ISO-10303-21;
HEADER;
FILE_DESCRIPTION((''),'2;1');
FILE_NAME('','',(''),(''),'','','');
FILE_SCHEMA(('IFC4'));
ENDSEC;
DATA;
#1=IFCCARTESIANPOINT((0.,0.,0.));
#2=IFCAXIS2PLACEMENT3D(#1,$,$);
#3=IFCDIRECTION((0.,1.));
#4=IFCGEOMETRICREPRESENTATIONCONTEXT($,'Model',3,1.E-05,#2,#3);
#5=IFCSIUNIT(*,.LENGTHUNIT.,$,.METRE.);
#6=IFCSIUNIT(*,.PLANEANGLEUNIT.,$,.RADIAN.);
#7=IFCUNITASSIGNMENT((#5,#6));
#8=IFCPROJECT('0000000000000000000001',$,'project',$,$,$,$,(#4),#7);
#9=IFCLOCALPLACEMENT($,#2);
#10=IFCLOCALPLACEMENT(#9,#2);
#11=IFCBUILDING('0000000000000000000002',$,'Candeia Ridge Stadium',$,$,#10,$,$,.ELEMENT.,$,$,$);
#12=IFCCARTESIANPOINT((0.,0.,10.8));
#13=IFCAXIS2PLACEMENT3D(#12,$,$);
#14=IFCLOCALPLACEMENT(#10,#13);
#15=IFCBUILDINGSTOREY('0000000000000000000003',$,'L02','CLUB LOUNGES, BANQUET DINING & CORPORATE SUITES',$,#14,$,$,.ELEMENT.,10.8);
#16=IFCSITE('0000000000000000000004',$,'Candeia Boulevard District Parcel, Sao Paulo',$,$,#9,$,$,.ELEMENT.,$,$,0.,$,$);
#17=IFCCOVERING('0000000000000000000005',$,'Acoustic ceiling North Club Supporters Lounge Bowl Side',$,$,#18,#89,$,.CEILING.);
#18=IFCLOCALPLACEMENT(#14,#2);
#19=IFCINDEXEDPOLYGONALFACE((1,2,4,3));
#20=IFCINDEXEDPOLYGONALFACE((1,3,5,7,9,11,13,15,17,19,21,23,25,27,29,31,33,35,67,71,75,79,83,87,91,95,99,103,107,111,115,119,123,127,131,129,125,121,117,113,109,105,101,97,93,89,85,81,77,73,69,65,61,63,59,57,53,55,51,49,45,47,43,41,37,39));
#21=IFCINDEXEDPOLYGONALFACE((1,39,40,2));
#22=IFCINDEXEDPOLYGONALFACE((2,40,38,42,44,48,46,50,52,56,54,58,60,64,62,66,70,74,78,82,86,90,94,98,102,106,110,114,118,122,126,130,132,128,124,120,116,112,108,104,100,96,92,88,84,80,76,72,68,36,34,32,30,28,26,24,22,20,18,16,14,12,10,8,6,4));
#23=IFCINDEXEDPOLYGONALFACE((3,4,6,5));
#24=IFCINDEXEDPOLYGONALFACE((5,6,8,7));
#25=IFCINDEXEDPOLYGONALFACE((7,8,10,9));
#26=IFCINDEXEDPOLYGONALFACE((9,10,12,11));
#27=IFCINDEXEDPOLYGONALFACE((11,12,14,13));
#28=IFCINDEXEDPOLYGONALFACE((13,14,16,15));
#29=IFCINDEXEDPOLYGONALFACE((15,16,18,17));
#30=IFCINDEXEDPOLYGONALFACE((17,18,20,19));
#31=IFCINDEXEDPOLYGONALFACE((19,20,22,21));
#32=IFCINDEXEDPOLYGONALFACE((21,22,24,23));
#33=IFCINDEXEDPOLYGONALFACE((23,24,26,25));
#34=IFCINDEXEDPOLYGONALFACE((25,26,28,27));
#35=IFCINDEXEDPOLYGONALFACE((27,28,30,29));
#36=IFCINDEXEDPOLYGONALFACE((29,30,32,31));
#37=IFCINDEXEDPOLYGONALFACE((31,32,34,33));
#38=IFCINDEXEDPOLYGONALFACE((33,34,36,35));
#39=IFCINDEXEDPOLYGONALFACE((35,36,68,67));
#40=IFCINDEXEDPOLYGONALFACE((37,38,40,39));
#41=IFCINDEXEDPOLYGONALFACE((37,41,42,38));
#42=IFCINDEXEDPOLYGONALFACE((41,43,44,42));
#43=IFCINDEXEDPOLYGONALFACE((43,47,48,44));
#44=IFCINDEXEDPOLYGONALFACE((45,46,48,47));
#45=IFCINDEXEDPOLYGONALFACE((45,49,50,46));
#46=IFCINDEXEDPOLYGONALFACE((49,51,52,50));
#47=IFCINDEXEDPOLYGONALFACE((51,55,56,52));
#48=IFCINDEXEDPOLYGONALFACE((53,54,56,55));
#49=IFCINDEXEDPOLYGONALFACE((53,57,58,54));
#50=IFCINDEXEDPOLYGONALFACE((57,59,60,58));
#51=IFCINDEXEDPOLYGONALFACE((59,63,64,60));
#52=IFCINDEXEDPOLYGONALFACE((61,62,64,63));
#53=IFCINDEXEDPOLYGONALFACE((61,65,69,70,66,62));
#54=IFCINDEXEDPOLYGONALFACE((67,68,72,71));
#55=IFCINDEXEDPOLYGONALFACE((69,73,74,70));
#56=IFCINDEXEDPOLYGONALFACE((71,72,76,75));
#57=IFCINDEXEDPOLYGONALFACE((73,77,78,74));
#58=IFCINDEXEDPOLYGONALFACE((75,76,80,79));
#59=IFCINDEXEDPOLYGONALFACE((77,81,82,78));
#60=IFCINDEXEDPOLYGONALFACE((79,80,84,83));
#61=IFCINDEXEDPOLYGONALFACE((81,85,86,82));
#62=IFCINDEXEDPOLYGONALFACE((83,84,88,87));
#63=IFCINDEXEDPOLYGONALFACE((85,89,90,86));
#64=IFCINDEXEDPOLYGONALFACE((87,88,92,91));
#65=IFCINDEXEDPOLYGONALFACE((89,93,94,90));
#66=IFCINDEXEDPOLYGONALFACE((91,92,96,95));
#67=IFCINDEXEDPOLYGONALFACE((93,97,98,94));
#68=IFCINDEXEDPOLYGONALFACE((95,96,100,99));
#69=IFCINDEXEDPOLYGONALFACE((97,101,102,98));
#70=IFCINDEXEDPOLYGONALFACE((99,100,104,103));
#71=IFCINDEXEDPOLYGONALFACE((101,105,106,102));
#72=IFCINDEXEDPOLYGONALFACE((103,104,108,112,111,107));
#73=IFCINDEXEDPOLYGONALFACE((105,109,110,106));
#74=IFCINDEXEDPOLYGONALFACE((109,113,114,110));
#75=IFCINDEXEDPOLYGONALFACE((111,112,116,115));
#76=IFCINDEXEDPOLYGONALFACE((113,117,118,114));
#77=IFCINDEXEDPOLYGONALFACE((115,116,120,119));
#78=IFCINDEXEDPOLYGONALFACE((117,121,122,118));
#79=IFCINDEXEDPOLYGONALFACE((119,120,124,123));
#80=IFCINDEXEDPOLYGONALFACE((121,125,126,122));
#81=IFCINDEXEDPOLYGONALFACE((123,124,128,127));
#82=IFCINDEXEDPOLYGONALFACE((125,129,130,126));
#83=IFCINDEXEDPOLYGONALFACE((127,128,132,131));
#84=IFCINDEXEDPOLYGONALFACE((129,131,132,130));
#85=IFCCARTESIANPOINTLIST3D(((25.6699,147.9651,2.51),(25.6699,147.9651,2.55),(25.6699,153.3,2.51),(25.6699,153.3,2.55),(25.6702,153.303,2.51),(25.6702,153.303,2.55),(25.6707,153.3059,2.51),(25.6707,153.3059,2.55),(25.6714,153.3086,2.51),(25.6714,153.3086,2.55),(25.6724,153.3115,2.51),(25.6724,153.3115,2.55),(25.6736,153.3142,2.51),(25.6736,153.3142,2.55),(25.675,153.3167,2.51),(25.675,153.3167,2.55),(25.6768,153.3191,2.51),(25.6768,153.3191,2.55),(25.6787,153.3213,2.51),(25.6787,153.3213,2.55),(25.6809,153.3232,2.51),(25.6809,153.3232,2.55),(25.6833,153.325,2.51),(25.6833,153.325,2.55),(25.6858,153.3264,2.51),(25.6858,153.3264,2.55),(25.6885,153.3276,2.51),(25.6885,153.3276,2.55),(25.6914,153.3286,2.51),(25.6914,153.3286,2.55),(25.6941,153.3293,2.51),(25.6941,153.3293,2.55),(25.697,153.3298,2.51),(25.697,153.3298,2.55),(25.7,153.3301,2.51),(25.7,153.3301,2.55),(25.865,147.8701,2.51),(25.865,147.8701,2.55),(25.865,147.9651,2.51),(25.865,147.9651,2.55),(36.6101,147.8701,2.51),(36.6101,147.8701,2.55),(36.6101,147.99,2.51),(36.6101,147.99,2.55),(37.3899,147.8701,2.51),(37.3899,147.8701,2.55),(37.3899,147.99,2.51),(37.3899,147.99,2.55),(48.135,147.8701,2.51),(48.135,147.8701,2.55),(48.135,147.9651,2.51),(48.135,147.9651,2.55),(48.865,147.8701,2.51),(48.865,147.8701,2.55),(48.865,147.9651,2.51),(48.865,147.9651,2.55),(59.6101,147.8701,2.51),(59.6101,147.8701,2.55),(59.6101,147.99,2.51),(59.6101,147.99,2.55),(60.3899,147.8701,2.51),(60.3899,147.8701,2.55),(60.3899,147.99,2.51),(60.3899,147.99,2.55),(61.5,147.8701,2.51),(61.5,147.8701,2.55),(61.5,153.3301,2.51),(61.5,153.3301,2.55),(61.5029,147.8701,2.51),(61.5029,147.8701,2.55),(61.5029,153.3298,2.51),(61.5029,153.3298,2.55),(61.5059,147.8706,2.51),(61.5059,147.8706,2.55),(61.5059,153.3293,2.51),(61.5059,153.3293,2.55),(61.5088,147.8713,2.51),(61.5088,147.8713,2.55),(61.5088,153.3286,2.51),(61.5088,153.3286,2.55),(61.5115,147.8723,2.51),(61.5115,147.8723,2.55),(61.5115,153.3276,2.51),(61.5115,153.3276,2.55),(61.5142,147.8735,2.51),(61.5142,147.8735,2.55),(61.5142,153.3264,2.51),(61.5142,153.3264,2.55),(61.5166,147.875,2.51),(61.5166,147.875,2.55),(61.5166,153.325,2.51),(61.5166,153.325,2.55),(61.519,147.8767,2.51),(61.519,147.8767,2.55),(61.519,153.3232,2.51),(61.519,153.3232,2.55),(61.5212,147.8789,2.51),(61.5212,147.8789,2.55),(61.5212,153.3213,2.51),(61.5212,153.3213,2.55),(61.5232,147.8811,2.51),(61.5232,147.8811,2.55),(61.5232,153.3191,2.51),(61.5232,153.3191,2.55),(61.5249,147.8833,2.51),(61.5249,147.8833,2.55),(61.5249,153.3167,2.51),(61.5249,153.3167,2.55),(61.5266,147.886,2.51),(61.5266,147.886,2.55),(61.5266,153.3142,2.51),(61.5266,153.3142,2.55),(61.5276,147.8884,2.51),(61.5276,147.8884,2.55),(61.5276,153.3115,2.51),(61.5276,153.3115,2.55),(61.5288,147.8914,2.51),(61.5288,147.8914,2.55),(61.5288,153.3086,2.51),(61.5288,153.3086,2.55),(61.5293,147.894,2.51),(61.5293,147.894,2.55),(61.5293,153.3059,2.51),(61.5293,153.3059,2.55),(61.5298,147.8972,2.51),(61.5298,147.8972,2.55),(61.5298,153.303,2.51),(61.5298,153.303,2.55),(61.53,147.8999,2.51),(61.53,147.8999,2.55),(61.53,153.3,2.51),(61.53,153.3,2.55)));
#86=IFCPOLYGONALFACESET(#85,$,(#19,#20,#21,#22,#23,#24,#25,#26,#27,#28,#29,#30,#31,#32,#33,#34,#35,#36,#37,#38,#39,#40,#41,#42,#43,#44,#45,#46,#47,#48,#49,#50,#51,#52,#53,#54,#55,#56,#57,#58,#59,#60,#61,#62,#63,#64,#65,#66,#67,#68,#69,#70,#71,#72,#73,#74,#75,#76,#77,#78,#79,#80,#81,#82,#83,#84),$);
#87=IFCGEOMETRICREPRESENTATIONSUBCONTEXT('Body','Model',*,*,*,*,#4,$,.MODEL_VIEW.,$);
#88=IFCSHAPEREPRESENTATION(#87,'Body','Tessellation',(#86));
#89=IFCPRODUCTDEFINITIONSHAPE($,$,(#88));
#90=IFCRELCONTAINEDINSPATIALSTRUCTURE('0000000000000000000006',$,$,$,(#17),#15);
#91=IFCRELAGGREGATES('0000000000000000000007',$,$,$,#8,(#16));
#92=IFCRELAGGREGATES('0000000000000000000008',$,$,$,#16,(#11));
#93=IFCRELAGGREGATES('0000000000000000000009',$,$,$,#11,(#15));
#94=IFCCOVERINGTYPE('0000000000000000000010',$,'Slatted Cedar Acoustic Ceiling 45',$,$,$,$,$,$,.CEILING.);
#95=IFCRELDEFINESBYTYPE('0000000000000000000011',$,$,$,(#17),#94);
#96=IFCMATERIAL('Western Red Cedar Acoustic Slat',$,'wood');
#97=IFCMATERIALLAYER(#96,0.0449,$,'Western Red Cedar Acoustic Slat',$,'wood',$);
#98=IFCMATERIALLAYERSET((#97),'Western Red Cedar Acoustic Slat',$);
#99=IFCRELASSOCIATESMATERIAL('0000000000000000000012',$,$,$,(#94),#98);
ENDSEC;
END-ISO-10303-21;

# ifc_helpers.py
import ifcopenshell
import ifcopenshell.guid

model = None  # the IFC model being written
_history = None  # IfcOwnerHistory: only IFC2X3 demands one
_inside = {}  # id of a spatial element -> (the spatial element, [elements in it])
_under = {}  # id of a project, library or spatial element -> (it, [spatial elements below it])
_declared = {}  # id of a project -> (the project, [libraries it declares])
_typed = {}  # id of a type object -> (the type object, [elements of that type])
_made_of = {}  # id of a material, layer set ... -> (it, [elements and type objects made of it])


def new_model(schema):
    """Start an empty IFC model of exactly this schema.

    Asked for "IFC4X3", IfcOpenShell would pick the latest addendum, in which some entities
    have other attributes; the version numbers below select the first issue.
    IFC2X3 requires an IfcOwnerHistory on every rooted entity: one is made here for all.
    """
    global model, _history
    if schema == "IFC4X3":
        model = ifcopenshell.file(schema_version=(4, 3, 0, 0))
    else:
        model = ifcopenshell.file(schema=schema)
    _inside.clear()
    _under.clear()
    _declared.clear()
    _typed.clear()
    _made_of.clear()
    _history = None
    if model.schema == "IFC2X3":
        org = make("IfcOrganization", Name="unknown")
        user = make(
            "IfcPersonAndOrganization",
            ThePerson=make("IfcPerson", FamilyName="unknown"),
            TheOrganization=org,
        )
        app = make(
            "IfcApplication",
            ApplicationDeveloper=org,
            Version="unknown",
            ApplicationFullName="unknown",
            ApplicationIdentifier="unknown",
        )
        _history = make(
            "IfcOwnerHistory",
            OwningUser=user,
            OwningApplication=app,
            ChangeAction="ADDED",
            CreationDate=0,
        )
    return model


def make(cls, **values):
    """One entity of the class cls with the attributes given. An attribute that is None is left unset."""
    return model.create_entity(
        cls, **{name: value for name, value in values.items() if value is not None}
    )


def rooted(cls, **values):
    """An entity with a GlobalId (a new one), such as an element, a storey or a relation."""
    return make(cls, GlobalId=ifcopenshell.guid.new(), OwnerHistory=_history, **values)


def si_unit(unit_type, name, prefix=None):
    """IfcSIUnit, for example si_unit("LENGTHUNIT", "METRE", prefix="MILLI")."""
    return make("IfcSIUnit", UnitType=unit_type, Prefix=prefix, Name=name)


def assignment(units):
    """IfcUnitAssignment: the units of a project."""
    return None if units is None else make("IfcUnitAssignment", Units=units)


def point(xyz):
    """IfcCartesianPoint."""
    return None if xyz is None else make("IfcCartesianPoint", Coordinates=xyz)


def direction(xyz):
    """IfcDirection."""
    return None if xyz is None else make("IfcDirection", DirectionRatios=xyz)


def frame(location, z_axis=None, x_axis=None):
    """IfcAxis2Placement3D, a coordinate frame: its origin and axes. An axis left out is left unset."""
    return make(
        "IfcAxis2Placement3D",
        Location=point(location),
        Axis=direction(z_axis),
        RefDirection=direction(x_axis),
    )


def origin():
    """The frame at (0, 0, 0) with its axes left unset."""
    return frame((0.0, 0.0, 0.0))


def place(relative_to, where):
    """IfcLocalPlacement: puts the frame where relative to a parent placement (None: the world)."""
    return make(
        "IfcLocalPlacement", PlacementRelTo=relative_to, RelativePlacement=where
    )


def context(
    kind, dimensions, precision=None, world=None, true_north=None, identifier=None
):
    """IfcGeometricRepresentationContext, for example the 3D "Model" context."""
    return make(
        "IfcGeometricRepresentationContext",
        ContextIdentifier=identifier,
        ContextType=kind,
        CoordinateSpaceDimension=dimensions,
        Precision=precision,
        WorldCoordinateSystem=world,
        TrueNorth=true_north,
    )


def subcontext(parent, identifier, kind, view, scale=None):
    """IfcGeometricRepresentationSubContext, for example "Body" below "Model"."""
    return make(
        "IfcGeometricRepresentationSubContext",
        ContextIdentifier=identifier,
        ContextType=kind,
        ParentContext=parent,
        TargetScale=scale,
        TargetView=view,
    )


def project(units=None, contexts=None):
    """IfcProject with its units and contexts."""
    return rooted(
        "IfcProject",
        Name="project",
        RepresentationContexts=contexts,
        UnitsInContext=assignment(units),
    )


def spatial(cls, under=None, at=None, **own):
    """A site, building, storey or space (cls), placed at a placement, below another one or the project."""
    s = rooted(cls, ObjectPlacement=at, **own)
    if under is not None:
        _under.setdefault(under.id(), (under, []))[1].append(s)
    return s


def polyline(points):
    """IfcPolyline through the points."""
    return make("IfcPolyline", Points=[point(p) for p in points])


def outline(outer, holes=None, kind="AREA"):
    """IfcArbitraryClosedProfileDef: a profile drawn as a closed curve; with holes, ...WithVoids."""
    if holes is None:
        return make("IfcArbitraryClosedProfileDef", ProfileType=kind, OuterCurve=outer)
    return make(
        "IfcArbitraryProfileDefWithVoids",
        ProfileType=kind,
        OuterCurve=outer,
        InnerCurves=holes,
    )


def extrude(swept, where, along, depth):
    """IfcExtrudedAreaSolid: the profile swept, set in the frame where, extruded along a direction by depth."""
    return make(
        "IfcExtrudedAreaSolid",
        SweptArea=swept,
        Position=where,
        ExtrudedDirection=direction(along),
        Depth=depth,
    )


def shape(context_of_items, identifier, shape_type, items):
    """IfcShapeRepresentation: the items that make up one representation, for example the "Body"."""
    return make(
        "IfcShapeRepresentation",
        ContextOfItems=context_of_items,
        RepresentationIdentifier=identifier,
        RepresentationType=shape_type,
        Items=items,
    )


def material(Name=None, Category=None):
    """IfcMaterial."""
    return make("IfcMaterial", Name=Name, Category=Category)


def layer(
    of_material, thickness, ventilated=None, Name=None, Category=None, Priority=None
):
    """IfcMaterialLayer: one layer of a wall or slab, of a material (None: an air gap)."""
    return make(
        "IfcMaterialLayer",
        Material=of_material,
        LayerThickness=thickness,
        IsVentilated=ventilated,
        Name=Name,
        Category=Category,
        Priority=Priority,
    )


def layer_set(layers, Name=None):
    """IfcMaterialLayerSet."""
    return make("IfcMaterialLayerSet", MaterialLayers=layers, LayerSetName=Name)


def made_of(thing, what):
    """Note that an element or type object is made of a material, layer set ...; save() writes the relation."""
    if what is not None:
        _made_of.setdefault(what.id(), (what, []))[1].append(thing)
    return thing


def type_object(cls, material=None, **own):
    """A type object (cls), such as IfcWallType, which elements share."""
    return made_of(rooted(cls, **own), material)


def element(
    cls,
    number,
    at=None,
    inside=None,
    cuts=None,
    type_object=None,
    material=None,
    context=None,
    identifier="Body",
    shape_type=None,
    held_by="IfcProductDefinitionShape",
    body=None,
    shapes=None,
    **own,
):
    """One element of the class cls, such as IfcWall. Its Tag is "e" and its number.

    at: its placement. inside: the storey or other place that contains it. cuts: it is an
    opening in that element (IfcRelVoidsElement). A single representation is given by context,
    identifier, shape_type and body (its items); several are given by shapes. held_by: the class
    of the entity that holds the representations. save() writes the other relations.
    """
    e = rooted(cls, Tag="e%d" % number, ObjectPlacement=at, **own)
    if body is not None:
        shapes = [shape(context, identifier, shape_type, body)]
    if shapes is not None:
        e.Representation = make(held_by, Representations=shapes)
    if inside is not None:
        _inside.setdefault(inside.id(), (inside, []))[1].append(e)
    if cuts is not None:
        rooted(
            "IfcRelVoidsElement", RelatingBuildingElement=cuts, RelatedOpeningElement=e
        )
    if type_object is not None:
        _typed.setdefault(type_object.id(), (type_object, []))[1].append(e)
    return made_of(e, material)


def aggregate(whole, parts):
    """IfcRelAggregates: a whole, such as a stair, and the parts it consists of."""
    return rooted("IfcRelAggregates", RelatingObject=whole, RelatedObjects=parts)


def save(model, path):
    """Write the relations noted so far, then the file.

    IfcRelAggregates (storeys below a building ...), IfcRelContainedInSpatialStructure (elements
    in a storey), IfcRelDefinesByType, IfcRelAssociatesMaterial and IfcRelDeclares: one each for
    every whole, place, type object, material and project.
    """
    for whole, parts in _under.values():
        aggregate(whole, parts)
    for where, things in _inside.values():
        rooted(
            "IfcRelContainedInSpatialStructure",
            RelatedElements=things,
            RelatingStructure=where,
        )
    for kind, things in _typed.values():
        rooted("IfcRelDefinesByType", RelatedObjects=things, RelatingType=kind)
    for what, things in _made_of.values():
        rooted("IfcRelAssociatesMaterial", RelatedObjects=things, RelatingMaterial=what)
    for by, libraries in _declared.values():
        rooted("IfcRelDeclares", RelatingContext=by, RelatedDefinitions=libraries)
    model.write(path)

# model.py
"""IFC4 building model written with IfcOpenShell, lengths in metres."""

from ifc_helpers import new_model, si_unit, direction, frame, origin, place, context, subcontext, project, spatial, polyline, outline, extrude, material, layer, layer_set, type_object, element, save


model = new_model("IFC4")

# Units and contexts
model_context = context("Model", 3, precision=1e-05, world=origin(), true_north=direction((0.0, 1.0)))
body_context = subcontext(model_context, "Body", "Model", "MODEL_VIEW")
ifc_project = project(units=[si_unit("LENGTHUNIT", "METRE"), si_unit("PLANEANGLEUNIT", "RADIAN")], contexts=[model_context])

# Site, building, storey
site_placement = place(None, origin())
site = spatial("IfcSite", under=ifc_project, at=site_placement, Name="Candeia Boulevard District Parcel, Sao Paulo", CompositionType="ELEMENT", RefElevation=0.0)
building_placement = place(site_placement, origin())
building = spatial("IfcBuilding", under=site, at=building_placement, Name="Candeia Ridge Stadium", CompositionType="ELEMENT")
storey_placement = place(building_placement, frame((0.0, 0.0, 10.8)))
storey = spatial("IfcBuildingStorey", under=building, at=storey_placement, Name="L02", Description="CLUB LOUNGES, BANQUET DINING & CORPORATE SUITES", CompositionType="ELEMENT", Elevation=10.8)

# Covering
ifc_material_1 = material(Name="Western Red Cedar Acoustic Slat", Category="wood")
ifc_layer_1 = layer(ifc_material_1, 0.0449, Name="Western Red Cedar Acoustic Slat", Category="wood")
ifc_layer_set_1 = layer_set([ifc_layer_1], Name="Western Red Cedar Acoustic Slat")
covering_type_1 = type_object("IfcCoveringType", Name="Slatted Cedar Acoustic Ceiling 45", PredefinedType="CEILING", material=ifc_layer_set_1)
covering_1_placement = place(storey_placement, frame((0.0, 0.0, 2.51)))
element("IfcCovering", 1, at=covering_1_placement, inside=storey, type_object=covering_type_1, Name="Acoustic ceiling North Club Supporters Lounge Bowl Side", PredefinedType="CEILING", context=body_context, shape_type="SweptSolid", body=[
    extrude(outline(polyline([(25.6702, 153.303), (25.6707, 153.3059), (25.6714, 153.3086), (25.6724, 153.3115), (25.6736, 153.3142), (25.675, 153.3167), (25.6768, 153.3191), (25.6787, 153.3213), (25.6809, 153.3232), (25.6833, 153.325), (25.6858, 153.3264), (25.6885, 153.3276), (25.6914, 153.3286), (25.6941, 153.3293), (25.697, 153.3298), (25.7, 153.3301), (61.5, 153.3301), (61.5029, 153.3298), (61.5059, 153.3293), (61.5088, 153.3286), (61.5115, 153.3276), (61.5142, 153.3264), (61.5166, 153.325), (61.519, 153.3232), (61.5212, 153.3213), (61.5232, 153.3191), (61.5249, 153.3167), (61.5266, 153.3142), (61.5276, 153.3115), (61.5288, 153.3086), (61.5293, 153.3059), (61.5298, 153.303), (61.53, 153.3), (61.53, 147.8999), (61.5298, 147.8972), (61.5293, 147.894), (61.5288, 147.8914), (61.5276, 147.8884), (61.5266, 147.886), (61.5249, 147.8833), (61.5232, 147.8811), (61.5212, 147.8789), (61.519, 147.8767), (61.5166, 147.875), (61.5142, 147.8735), (61.5115, 147.8723), (61.5088, 147.8713), (61.5059, 147.8706), (61.5029, 147.8701), (61.5, 147.8701), (60.3899, 147.8701), (60.3899, 147.99), (59.6101, 147.99), (59.6101, 147.8701), (48.865, 147.8701), (48.865, 147.9651), (48.135, 147.9651), (48.135, 147.8701), (37.3899, 147.8701), (37.3899, 147.99), (36.6101, 147.99), (36.6101, 147.8701), (25.865, 147.8701), (25.865, 147.9651), (25.6699, 147.9651), (25.6699, 153.3), (25.6702, 153.303)])), origin(), (0.0, 0.0, 1.0), 0.04),
])

save(model, "model.ifc")
